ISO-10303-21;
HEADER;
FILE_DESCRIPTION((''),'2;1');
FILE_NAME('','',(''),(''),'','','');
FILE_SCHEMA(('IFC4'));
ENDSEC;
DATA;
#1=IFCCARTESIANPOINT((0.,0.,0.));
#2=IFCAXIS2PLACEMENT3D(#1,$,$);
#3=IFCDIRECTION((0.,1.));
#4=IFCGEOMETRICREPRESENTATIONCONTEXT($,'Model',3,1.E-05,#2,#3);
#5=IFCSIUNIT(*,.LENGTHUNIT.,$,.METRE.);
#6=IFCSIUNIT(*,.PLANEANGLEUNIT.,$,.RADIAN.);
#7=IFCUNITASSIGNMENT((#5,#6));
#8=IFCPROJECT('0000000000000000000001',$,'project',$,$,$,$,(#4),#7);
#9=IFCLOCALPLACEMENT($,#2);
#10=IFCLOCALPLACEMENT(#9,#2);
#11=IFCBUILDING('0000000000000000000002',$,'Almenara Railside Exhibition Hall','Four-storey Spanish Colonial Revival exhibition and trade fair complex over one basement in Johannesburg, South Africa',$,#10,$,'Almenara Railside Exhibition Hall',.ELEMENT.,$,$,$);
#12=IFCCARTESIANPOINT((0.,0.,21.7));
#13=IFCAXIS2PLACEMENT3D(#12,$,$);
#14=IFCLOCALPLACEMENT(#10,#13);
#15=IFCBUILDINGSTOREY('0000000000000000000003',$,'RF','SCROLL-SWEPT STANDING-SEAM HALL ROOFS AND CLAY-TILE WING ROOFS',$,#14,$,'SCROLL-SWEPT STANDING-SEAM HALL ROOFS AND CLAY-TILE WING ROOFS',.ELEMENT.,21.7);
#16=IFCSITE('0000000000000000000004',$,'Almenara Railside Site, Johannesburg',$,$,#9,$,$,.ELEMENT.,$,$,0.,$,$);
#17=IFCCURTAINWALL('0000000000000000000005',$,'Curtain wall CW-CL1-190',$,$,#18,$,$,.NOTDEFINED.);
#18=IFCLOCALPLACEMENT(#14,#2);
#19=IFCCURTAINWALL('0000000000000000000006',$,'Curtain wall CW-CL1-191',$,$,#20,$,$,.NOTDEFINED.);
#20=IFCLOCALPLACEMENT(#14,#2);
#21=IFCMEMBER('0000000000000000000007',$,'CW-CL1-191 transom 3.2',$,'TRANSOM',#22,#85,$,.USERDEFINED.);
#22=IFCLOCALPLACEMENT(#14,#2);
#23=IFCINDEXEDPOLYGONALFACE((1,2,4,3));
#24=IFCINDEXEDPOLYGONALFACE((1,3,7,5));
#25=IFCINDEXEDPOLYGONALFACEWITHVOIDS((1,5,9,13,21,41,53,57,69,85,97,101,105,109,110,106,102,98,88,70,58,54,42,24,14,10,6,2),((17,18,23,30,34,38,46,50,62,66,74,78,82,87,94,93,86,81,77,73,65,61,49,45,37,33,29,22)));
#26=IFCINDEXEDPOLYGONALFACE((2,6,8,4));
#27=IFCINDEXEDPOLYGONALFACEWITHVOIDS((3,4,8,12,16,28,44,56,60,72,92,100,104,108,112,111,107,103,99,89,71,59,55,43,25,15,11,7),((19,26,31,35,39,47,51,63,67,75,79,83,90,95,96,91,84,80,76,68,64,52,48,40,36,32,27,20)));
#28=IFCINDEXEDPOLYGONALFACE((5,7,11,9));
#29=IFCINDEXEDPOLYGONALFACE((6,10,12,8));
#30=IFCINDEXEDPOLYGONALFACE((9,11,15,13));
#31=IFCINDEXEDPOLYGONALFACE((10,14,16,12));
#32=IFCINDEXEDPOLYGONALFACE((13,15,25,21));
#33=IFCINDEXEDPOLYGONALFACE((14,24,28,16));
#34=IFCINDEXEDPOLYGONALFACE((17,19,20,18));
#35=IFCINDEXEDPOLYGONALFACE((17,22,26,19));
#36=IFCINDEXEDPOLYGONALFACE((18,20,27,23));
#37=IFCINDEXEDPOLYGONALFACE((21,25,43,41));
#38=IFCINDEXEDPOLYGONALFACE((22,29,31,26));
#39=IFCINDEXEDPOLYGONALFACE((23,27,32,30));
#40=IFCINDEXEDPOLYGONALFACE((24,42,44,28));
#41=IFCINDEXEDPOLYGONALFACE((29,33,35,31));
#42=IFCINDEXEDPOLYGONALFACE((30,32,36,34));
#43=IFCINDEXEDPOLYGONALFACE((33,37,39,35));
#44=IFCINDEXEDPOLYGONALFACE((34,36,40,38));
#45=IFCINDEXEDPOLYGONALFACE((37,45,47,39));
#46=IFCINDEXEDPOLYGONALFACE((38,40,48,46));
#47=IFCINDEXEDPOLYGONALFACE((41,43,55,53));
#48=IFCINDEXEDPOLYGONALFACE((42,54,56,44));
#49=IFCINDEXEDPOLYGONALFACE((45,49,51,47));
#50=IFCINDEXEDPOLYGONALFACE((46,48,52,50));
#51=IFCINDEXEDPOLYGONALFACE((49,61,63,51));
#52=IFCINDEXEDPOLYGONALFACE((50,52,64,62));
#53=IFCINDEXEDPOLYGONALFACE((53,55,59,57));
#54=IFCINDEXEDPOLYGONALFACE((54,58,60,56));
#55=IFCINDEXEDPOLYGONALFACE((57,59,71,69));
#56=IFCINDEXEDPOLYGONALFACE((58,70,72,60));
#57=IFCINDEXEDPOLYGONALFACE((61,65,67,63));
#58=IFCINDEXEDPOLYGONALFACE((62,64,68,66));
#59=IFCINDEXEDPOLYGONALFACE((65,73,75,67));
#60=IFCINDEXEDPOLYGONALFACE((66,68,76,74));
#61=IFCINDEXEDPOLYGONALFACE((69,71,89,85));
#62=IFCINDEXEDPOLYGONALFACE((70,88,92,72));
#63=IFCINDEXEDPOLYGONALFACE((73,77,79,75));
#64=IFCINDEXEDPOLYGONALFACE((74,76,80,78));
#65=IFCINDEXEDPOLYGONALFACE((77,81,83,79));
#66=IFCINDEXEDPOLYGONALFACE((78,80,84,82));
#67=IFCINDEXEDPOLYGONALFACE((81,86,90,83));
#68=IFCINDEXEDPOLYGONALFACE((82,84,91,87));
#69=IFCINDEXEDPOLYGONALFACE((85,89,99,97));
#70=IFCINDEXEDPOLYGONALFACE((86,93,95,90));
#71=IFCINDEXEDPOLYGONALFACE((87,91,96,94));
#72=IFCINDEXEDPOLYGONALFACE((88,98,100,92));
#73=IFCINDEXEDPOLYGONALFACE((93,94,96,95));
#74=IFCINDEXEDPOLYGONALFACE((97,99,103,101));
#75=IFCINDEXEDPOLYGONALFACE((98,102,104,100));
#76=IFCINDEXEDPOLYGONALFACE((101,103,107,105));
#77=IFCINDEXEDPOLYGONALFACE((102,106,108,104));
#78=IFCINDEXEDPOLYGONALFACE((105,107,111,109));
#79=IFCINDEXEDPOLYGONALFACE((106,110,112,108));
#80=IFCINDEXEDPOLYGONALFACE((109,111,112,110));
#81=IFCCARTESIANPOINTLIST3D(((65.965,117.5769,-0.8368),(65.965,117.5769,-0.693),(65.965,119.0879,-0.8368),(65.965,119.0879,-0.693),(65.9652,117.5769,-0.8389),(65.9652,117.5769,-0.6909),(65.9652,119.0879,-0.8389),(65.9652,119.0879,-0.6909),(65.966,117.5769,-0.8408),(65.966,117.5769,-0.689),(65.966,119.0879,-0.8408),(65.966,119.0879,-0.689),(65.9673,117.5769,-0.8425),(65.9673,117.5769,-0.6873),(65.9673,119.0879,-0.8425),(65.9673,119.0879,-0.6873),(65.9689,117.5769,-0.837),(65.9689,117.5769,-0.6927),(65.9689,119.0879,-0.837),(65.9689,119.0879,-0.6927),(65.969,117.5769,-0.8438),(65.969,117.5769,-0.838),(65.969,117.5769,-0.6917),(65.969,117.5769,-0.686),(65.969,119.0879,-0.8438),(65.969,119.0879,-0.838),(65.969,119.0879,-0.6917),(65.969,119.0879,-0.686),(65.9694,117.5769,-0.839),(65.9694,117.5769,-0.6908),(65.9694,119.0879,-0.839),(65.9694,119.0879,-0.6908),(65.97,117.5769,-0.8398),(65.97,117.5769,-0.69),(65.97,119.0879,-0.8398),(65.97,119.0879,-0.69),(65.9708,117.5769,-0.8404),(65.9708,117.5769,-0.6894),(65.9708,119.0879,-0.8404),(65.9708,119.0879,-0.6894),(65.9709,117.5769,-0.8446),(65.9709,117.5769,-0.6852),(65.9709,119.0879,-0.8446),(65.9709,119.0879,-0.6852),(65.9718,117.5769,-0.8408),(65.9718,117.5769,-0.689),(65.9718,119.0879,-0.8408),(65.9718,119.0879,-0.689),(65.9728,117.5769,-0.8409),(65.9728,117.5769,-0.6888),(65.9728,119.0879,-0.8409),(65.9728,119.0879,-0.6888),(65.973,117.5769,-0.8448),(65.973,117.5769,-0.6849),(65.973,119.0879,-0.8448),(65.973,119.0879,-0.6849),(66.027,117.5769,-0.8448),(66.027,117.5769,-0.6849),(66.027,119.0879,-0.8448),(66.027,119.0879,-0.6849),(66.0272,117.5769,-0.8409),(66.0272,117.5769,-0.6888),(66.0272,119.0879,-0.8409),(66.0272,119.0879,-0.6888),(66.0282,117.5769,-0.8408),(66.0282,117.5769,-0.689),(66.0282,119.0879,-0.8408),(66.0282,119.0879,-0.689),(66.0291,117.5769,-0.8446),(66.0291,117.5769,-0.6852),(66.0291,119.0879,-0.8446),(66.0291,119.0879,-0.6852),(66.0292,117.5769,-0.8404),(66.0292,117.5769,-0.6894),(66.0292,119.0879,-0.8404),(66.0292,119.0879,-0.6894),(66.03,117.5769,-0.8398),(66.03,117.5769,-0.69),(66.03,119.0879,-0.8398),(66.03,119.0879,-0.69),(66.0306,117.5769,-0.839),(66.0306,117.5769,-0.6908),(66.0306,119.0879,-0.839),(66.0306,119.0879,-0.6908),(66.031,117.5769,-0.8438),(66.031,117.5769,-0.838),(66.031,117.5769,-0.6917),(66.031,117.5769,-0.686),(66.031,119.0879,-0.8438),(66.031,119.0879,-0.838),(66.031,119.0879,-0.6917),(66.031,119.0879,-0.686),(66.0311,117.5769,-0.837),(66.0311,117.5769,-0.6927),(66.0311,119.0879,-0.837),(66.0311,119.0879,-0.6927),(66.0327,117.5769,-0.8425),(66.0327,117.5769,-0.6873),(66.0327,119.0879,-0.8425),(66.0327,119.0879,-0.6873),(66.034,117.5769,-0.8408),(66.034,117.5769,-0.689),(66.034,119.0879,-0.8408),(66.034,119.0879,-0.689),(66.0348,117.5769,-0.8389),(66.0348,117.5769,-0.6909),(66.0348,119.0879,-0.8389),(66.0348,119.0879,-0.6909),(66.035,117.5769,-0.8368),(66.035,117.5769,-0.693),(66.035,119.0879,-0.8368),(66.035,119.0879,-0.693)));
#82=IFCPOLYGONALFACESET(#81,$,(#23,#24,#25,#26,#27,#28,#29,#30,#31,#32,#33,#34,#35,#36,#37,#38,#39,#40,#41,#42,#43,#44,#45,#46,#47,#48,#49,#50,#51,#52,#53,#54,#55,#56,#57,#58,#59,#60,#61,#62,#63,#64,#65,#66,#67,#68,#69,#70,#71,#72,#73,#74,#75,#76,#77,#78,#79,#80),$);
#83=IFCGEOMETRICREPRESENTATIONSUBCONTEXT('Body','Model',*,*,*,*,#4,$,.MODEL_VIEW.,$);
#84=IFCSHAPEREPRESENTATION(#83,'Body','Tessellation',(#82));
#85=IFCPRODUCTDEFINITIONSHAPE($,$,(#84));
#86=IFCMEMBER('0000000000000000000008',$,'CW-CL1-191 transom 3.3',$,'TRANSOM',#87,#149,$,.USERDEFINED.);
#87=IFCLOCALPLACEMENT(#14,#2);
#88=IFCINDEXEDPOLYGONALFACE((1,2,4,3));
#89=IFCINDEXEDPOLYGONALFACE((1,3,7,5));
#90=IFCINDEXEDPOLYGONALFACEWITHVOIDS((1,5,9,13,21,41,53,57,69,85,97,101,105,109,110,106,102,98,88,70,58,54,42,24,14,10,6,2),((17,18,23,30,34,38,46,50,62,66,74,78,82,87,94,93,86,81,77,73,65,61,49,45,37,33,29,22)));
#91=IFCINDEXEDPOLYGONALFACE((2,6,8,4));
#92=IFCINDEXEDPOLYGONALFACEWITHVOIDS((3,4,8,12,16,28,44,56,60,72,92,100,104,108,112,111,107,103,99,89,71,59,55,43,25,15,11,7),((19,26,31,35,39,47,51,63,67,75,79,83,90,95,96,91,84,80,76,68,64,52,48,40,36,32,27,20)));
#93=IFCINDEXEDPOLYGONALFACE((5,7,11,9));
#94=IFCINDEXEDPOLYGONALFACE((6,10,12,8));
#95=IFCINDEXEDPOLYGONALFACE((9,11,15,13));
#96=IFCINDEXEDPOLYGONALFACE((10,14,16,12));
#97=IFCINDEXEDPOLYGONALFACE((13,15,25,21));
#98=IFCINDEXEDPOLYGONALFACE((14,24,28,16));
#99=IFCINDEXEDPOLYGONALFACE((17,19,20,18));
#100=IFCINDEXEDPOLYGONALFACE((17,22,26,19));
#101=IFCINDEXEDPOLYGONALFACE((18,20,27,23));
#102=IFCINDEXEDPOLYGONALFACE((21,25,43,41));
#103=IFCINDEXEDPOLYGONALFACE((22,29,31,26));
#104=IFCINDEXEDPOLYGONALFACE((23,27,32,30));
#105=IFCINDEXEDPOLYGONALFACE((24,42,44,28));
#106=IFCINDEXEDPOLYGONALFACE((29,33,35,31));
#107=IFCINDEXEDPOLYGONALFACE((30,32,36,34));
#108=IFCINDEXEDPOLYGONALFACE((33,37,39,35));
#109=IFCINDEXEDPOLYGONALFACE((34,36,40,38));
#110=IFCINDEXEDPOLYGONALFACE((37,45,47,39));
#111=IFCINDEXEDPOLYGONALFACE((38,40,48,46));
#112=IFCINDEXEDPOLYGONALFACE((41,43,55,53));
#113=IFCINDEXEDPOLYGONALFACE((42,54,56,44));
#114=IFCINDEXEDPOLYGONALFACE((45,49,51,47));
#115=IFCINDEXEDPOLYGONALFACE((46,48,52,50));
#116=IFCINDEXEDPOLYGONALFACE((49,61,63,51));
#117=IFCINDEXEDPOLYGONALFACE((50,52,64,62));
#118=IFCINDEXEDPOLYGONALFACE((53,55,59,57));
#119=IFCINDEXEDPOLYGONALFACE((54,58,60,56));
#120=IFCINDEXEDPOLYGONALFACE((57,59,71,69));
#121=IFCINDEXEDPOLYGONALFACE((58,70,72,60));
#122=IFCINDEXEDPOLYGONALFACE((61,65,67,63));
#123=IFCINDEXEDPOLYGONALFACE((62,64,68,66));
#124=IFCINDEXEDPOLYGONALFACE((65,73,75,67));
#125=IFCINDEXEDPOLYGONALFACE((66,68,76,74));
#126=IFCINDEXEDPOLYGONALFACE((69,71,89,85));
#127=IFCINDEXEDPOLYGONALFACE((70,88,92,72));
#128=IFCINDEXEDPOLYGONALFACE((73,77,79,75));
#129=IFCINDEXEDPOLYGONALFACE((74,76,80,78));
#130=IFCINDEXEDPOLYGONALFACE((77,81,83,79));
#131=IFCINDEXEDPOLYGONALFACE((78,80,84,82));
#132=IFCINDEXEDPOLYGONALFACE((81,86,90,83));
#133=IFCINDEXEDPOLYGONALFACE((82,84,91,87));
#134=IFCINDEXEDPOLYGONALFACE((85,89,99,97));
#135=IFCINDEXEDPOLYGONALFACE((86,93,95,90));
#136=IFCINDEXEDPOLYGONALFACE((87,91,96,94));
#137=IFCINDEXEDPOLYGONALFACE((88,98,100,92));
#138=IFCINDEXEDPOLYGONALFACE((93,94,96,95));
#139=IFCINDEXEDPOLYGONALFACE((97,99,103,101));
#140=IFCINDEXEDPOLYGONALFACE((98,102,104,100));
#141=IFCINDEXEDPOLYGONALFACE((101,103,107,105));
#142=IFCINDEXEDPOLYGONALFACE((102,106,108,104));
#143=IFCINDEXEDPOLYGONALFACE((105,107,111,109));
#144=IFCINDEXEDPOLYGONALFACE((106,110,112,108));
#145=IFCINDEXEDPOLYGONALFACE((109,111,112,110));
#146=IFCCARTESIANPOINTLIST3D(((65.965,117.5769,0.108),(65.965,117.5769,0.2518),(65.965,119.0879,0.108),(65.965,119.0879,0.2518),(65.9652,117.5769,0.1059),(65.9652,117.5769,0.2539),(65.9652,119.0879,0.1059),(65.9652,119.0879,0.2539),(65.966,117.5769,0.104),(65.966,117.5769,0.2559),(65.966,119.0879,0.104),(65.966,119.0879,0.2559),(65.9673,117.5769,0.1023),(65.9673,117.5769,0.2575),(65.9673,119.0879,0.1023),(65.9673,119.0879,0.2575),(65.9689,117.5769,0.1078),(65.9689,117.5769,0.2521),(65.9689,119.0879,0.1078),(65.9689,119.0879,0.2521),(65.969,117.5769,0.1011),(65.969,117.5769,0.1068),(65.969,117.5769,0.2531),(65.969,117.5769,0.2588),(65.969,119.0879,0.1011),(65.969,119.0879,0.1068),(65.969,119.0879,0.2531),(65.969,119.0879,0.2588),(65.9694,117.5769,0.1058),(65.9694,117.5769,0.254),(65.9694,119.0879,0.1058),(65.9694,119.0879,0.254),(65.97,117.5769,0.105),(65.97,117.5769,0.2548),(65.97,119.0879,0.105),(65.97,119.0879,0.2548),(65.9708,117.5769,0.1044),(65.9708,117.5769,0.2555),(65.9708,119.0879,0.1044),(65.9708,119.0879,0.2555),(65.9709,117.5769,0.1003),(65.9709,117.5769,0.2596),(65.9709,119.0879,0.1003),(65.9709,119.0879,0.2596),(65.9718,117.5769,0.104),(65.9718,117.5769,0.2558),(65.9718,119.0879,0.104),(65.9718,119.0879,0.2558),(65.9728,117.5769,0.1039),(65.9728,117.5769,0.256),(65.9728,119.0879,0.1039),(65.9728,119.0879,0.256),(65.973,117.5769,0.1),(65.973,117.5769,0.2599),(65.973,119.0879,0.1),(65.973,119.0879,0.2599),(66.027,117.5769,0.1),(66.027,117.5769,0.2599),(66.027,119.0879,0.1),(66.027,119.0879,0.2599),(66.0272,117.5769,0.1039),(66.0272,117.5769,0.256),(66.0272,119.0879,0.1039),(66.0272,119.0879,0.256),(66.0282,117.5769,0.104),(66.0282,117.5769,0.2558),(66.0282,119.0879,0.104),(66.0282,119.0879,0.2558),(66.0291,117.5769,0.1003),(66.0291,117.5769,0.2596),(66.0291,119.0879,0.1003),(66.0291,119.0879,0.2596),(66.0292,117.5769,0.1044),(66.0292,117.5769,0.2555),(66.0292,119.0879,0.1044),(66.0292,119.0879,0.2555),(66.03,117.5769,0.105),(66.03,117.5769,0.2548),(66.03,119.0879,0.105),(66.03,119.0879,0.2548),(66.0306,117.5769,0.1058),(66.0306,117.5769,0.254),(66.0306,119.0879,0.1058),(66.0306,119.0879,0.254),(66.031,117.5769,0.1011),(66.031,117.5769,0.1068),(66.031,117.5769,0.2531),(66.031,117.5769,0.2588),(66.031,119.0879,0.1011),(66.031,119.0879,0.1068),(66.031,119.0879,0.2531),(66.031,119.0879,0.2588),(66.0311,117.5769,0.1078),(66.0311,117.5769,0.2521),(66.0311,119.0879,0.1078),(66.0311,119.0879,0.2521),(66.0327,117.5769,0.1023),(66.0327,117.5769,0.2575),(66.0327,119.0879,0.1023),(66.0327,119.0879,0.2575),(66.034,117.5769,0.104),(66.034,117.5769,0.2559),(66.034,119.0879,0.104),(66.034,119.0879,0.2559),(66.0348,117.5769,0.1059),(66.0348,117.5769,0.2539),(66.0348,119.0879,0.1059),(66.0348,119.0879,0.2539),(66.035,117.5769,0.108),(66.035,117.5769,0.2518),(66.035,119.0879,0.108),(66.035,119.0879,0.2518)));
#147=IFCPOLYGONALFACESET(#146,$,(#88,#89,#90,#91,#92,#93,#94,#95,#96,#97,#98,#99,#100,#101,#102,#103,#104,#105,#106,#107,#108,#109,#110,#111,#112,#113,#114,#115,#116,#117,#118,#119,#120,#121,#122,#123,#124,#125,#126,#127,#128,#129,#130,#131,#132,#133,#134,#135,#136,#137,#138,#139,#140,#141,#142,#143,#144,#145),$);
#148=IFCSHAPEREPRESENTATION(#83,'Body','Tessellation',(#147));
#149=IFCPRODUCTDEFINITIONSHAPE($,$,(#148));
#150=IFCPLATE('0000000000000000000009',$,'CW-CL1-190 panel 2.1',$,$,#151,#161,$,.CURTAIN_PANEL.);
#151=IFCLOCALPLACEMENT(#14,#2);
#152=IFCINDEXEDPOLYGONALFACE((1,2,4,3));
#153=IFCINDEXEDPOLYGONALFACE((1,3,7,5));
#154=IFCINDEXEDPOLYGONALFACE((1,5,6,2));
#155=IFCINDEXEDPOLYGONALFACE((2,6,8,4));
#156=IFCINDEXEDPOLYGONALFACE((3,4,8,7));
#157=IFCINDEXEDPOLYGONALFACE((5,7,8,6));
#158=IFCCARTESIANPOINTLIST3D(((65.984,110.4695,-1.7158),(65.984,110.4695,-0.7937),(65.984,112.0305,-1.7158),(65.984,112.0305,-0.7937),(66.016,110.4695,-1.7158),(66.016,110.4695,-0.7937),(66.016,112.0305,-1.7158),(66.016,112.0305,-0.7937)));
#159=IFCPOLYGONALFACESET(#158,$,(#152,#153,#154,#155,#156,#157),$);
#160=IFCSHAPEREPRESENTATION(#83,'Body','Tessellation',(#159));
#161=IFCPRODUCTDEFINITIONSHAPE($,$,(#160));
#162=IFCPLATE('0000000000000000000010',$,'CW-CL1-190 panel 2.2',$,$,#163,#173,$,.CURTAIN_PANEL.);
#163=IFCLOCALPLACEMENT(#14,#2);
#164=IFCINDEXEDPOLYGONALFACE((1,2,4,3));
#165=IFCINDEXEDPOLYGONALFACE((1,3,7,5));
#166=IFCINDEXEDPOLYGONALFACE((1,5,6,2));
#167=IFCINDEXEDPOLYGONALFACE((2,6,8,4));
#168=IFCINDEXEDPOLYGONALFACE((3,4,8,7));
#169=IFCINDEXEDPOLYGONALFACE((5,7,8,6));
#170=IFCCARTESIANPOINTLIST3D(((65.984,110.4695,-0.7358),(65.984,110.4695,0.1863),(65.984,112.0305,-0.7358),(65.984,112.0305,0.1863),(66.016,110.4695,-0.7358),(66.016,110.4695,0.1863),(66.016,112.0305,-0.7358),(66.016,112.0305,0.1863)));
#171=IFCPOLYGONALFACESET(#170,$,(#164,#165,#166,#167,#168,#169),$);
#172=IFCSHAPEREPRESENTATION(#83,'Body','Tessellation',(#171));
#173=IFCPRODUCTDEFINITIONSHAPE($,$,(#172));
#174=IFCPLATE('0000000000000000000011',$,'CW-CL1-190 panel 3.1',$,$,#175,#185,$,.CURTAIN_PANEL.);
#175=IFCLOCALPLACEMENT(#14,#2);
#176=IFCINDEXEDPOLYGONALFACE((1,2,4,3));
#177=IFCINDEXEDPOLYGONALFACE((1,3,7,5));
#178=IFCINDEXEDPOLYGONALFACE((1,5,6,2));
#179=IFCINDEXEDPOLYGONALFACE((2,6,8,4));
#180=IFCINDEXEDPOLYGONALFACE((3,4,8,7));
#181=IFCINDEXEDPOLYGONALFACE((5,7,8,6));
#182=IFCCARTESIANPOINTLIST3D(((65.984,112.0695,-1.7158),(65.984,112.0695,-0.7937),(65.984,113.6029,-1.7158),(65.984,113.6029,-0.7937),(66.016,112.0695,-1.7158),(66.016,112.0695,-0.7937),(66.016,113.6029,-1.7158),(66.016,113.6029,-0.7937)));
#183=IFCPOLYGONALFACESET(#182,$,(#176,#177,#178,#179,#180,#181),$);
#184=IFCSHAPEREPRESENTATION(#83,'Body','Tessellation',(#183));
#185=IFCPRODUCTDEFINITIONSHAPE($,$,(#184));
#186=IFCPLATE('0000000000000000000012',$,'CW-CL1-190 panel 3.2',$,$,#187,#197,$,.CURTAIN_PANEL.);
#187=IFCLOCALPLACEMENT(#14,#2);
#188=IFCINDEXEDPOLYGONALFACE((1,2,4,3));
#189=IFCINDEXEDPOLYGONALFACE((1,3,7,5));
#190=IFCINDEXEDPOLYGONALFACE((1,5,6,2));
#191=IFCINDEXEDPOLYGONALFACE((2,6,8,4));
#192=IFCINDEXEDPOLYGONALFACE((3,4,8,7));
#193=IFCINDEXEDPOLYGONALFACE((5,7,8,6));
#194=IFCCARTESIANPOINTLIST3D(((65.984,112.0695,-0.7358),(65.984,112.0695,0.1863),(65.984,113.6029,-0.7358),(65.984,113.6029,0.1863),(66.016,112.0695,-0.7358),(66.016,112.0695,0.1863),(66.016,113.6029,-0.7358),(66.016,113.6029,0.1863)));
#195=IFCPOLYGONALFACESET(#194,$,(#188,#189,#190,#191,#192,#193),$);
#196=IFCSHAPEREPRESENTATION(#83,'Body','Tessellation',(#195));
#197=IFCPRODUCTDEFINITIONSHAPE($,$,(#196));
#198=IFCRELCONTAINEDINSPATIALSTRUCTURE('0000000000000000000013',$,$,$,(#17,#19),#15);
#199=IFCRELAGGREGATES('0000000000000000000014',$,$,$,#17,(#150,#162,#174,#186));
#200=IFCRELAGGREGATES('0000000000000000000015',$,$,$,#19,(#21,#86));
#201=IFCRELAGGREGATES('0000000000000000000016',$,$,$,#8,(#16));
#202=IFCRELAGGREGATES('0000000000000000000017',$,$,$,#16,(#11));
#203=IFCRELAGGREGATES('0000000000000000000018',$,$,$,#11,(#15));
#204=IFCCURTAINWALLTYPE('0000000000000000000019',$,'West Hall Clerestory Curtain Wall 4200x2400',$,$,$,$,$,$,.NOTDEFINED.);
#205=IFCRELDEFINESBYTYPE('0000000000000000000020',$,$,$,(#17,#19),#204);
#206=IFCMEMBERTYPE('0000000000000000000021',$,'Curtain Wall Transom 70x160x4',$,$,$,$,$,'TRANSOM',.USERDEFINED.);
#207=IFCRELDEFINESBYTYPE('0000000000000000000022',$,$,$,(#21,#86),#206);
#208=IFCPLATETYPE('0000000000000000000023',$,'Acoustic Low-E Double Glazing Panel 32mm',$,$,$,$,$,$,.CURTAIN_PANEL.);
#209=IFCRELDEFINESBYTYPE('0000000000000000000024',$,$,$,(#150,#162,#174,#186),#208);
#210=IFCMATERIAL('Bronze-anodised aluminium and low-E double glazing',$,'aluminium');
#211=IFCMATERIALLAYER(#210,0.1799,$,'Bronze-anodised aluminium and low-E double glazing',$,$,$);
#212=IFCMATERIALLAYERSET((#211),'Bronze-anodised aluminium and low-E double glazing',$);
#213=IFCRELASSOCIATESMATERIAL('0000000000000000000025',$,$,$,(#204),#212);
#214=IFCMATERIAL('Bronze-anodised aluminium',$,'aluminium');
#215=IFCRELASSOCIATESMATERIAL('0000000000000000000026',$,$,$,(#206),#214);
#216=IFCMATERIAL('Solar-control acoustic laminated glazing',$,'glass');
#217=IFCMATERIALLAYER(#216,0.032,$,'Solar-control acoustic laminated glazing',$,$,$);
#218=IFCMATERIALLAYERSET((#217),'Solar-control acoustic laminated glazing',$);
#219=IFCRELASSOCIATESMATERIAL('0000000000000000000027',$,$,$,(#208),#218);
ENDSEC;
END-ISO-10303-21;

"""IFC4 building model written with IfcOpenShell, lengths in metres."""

from ifc_helpers import new_model, si_unit, direction, frame, origin, origin_2d, place, context, subcontext, project, spatial, rectangle, hollow_rectangle, extrude, material, layer, layer_set, material_profile, profile_set, type_object, element, aggregate, save


model = new_model("IFC4")

# Units and contexts
model_context = context("Model", 3, precision=1e-05, world=origin(), true_north=direction((0.0, 1.0)))
body_context = subcontext(model_context, "Body", "Model", "MODEL_VIEW")
ifc_project = project(units=[si_unit("LENGTHUNIT", "METRE"), si_unit("PLANEANGLEUNIT", "RADIAN")], contexts=[model_context])

# Site, building, storey
site_placement = place(None, origin())
site = spatial("IfcSite", under=ifc_project, at=site_placement, Name="Almenara Railside Site, Johannesburg", CompositionType="ELEMENT", RefElevation=0.0)
building_placement = place(site_placement, origin())
building = spatial("IfcBuilding", under=site, at=building_placement, Name="Almenara Railside Exhibition Hall", Description="Four-storey Spanish Colonial Revival exhibition and trade fair complex over one basement in Johannesburg, South Africa", LongName="Almenara Railside Exhibition Hall", CompositionType="ELEMENT")
storey_placement = place(building_placement, frame((0.0, 0.0, 21.7)))
storey = spatial("IfcBuildingStorey", under=building, at=storey_placement, Name="RF", Description="SCROLL-SWEPT STANDING-SEAM HALL ROOFS AND CLAY-TILE WING ROOFS", LongName="SCROLL-SWEPT STANDING-SEAM HALL ROOFS AND CLAY-TILE WING ROOFS", CompositionType="ELEMENT", Elevation=21.7)

# Curtain walls
ifc_material_1 = material(Name="Bronze-anodised aluminium and low-E double glazing", Category="aluminium")
ifc_layer_1 = layer(ifc_material_1, 0.1799, Name="Bronze-anodised aluminium and low-E double glazing")
ifc_layer_set_1 = layer_set([ifc_layer_1], Name="Bronze-anodised aluminium and low-E double glazing")
curtain_wall_type = type_object("IfcCurtainWallType", Name="West Hall Clerestory Curtain Wall 4200x2400", PredefinedType="NOTDEFINED", material=ifc_layer_set_1)
curtain_wall_1_placement = place(storey_placement, origin())
curtain_wall_1 = element("IfcCurtainWall", 1, at=curtain_wall_1_placement, inside=storey, type_object=curtain_wall_type, Name="Curtain wall CW-CL1-190", PredefinedType="NOTDEFINED")
ifc_material_2 = material(Name="Bronze-anodised aluminium", Category="aluminium")
curtain_wall_2_placement = place(storey_placement, origin())
curtain_wall_2 = element("IfcCurtainWall", 2, at=curtain_wall_2_placement, inside=storey, type_object=curtain_wall_type, Name="Curtain wall CW-CL1-191", PredefinedType="NOTDEFINED")

# Members
ifc_material_profile_1 = material_profile(ifc_material_2, hollow_rectangle(XDim=0.0701, YDim=0.1599, WallThickness=0.0039, InnerFilletRadius=0.0039, OuterFilletRadius=0.0081, at=origin_2d()), Name="ALU-TRN 70x160x4")
ifc_profile_set_1 = profile_set([ifc_material_profile_1], Name="Bronze-anodised aluminium")
member_type_1 = type_object("IfcMemberType", Name="Curtain Wall Transom 70x160x4", ElementType="TRANSOM", PredefinedType="USERDEFINED", material=ifc_profile_set_1)
member_1_placement = place(storey_placement, frame((66.0, 117.5769, -0.7649), z_axis=(0.0, 1.0, 0.0), x_axis=(-1.0, 0.0, 0.0)))
member_1 = element("IfcMember", 3, at=member_1_placement, type_object=member_type_1, Name="CW-CL1-191 transom 3.2", ObjectType="TRANSOM", PredefinedType="USERDEFINED", context=body_context, shape_type="SweptSolid", body=[
    extrude(hollow_rectangle(XDim=0.0701, YDim=0.1599, WallThickness=0.0039, InnerFilletRadius=0.0039, OuterFilletRadius=0.0081, at=origin_2d()), origin(), (0.0, 0.0, 1.0), 1.511),
])
member_2_placement = place(storey_placement, frame((66.0, 117.5769, 0.1799), z_axis=(0.0, 1.0, 0.0), x_axis=(-1.0, 0.0, 0.0)))
member_2 = element("IfcMember", 4, at=member_2_placement, type_object=member_type_1, Name="CW-CL1-191 transom 3.3", ObjectType="TRANSOM", PredefinedType="USERDEFINED", context=body_context, shape_type="SweptSolid", body=[
    extrude(hollow_rectangle(XDim=0.0701, YDim=0.1599, WallThickness=0.0039, InnerFilletRadius=0.0039, OuterFilletRadius=0.0081, at=origin_2d()), origin(), (0.0, 0.0, 1.0), 1.511),
])

# Plates
ifc_material_3 = material(Name="Solar-control acoustic laminated glazing", Category="glass")
ifc_layer_2 = layer(ifc_material_3, 0.032, Name="Solar-control acoustic laminated glazing")
ifc_layer_set_2 = layer_set([ifc_layer_2], Name="Solar-control acoustic laminated glazing")
plate_type_1 = type_object("IfcPlateType", Name="Acoustic Low-E Double Glazing Panel 32mm", PredefinedType="CURTAIN_PANEL", material=ifc_layer_set_2)
plate_1_placement = place(storey_placement, frame((66.0, 111.25, -1.7158), z_axis=(0.0, 0.0, 1.0), x_axis=(0.0, 1.0, 0.0)))
plate_1 = element("IfcPlate", 5, at=plate_1_placement, type_object=plate_type_1, Name="CW-CL1-190 panel 2.1", PredefinedType="CURTAIN_PANEL", context=body_context, shape_type="SweptSolid", body=[
    extrude(rectangle(XDim=1.561, YDim=0.032, at=origin_2d()), origin(), (0.0, 0.0, 1.0), 0.9221),
])
plate_2_placement = place(storey_placement, frame((66.0, 111.25, -0.7358), z_axis=(0.0, 0.0, 1.0), x_axis=(0.0, 1.0, 0.0)))
plate_2 = element("IfcPlate", 6, at=plate_2_placement, type_object=plate_type_1, Name="CW-CL1-190 panel 2.2", PredefinedType="CURTAIN_PANEL", context=body_context, shape_type="SweptSolid", body=[
    extrude(rectangle(XDim=1.561, YDim=0.032, at=origin_2d()), origin(), (0.0, 0.0, 1.0), 0.9221),
])
plate_3_placement = place(storey_placement, frame((66.0, 112.8362, -1.7158), z_axis=(0.0, 0.0, 1.0), x_axis=(0.0, 1.0, 0.0)))
plate_3 = element("IfcPlate", 7, at=plate_3_placement, type_object=plate_type_1, Name="CW-CL1-190 panel 3.1", PredefinedType="CURTAIN_PANEL", context=body_context, shape_type="SweptSolid", body=[
    extrude(rectangle(XDim=1.5334, YDim=0.032, at=origin_2d()), origin(), (0.0, 0.0, 1.0), 0.9221),
])
plate_4_placement = place(storey_placement, frame((66.0, 112.8362, -0.7358), z_axis=(0.0, 0.0, 1.0), x_axis=(0.0, 1.0, 0.0)))
plate_4 = element("IfcPlate", 8, at=plate_4_placement, type_object=plate_type_1, Name="CW-CL1-190 panel 3.2", PredefinedType="CURTAIN_PANEL", context=body_context, shape_type="SweptSolid", body=[
    extrude(rectangle(XDim=1.5334, YDim=0.032, at=origin_2d()), origin(), (0.0, 0.0, 1.0), 0.9221),
])
aggregate(curtain_wall_1, [plate_1, plate_2, plate_3, plate_4])
aggregate(curtain_wall_2, [member_1, member_2])

save(model, "model.ifc")
